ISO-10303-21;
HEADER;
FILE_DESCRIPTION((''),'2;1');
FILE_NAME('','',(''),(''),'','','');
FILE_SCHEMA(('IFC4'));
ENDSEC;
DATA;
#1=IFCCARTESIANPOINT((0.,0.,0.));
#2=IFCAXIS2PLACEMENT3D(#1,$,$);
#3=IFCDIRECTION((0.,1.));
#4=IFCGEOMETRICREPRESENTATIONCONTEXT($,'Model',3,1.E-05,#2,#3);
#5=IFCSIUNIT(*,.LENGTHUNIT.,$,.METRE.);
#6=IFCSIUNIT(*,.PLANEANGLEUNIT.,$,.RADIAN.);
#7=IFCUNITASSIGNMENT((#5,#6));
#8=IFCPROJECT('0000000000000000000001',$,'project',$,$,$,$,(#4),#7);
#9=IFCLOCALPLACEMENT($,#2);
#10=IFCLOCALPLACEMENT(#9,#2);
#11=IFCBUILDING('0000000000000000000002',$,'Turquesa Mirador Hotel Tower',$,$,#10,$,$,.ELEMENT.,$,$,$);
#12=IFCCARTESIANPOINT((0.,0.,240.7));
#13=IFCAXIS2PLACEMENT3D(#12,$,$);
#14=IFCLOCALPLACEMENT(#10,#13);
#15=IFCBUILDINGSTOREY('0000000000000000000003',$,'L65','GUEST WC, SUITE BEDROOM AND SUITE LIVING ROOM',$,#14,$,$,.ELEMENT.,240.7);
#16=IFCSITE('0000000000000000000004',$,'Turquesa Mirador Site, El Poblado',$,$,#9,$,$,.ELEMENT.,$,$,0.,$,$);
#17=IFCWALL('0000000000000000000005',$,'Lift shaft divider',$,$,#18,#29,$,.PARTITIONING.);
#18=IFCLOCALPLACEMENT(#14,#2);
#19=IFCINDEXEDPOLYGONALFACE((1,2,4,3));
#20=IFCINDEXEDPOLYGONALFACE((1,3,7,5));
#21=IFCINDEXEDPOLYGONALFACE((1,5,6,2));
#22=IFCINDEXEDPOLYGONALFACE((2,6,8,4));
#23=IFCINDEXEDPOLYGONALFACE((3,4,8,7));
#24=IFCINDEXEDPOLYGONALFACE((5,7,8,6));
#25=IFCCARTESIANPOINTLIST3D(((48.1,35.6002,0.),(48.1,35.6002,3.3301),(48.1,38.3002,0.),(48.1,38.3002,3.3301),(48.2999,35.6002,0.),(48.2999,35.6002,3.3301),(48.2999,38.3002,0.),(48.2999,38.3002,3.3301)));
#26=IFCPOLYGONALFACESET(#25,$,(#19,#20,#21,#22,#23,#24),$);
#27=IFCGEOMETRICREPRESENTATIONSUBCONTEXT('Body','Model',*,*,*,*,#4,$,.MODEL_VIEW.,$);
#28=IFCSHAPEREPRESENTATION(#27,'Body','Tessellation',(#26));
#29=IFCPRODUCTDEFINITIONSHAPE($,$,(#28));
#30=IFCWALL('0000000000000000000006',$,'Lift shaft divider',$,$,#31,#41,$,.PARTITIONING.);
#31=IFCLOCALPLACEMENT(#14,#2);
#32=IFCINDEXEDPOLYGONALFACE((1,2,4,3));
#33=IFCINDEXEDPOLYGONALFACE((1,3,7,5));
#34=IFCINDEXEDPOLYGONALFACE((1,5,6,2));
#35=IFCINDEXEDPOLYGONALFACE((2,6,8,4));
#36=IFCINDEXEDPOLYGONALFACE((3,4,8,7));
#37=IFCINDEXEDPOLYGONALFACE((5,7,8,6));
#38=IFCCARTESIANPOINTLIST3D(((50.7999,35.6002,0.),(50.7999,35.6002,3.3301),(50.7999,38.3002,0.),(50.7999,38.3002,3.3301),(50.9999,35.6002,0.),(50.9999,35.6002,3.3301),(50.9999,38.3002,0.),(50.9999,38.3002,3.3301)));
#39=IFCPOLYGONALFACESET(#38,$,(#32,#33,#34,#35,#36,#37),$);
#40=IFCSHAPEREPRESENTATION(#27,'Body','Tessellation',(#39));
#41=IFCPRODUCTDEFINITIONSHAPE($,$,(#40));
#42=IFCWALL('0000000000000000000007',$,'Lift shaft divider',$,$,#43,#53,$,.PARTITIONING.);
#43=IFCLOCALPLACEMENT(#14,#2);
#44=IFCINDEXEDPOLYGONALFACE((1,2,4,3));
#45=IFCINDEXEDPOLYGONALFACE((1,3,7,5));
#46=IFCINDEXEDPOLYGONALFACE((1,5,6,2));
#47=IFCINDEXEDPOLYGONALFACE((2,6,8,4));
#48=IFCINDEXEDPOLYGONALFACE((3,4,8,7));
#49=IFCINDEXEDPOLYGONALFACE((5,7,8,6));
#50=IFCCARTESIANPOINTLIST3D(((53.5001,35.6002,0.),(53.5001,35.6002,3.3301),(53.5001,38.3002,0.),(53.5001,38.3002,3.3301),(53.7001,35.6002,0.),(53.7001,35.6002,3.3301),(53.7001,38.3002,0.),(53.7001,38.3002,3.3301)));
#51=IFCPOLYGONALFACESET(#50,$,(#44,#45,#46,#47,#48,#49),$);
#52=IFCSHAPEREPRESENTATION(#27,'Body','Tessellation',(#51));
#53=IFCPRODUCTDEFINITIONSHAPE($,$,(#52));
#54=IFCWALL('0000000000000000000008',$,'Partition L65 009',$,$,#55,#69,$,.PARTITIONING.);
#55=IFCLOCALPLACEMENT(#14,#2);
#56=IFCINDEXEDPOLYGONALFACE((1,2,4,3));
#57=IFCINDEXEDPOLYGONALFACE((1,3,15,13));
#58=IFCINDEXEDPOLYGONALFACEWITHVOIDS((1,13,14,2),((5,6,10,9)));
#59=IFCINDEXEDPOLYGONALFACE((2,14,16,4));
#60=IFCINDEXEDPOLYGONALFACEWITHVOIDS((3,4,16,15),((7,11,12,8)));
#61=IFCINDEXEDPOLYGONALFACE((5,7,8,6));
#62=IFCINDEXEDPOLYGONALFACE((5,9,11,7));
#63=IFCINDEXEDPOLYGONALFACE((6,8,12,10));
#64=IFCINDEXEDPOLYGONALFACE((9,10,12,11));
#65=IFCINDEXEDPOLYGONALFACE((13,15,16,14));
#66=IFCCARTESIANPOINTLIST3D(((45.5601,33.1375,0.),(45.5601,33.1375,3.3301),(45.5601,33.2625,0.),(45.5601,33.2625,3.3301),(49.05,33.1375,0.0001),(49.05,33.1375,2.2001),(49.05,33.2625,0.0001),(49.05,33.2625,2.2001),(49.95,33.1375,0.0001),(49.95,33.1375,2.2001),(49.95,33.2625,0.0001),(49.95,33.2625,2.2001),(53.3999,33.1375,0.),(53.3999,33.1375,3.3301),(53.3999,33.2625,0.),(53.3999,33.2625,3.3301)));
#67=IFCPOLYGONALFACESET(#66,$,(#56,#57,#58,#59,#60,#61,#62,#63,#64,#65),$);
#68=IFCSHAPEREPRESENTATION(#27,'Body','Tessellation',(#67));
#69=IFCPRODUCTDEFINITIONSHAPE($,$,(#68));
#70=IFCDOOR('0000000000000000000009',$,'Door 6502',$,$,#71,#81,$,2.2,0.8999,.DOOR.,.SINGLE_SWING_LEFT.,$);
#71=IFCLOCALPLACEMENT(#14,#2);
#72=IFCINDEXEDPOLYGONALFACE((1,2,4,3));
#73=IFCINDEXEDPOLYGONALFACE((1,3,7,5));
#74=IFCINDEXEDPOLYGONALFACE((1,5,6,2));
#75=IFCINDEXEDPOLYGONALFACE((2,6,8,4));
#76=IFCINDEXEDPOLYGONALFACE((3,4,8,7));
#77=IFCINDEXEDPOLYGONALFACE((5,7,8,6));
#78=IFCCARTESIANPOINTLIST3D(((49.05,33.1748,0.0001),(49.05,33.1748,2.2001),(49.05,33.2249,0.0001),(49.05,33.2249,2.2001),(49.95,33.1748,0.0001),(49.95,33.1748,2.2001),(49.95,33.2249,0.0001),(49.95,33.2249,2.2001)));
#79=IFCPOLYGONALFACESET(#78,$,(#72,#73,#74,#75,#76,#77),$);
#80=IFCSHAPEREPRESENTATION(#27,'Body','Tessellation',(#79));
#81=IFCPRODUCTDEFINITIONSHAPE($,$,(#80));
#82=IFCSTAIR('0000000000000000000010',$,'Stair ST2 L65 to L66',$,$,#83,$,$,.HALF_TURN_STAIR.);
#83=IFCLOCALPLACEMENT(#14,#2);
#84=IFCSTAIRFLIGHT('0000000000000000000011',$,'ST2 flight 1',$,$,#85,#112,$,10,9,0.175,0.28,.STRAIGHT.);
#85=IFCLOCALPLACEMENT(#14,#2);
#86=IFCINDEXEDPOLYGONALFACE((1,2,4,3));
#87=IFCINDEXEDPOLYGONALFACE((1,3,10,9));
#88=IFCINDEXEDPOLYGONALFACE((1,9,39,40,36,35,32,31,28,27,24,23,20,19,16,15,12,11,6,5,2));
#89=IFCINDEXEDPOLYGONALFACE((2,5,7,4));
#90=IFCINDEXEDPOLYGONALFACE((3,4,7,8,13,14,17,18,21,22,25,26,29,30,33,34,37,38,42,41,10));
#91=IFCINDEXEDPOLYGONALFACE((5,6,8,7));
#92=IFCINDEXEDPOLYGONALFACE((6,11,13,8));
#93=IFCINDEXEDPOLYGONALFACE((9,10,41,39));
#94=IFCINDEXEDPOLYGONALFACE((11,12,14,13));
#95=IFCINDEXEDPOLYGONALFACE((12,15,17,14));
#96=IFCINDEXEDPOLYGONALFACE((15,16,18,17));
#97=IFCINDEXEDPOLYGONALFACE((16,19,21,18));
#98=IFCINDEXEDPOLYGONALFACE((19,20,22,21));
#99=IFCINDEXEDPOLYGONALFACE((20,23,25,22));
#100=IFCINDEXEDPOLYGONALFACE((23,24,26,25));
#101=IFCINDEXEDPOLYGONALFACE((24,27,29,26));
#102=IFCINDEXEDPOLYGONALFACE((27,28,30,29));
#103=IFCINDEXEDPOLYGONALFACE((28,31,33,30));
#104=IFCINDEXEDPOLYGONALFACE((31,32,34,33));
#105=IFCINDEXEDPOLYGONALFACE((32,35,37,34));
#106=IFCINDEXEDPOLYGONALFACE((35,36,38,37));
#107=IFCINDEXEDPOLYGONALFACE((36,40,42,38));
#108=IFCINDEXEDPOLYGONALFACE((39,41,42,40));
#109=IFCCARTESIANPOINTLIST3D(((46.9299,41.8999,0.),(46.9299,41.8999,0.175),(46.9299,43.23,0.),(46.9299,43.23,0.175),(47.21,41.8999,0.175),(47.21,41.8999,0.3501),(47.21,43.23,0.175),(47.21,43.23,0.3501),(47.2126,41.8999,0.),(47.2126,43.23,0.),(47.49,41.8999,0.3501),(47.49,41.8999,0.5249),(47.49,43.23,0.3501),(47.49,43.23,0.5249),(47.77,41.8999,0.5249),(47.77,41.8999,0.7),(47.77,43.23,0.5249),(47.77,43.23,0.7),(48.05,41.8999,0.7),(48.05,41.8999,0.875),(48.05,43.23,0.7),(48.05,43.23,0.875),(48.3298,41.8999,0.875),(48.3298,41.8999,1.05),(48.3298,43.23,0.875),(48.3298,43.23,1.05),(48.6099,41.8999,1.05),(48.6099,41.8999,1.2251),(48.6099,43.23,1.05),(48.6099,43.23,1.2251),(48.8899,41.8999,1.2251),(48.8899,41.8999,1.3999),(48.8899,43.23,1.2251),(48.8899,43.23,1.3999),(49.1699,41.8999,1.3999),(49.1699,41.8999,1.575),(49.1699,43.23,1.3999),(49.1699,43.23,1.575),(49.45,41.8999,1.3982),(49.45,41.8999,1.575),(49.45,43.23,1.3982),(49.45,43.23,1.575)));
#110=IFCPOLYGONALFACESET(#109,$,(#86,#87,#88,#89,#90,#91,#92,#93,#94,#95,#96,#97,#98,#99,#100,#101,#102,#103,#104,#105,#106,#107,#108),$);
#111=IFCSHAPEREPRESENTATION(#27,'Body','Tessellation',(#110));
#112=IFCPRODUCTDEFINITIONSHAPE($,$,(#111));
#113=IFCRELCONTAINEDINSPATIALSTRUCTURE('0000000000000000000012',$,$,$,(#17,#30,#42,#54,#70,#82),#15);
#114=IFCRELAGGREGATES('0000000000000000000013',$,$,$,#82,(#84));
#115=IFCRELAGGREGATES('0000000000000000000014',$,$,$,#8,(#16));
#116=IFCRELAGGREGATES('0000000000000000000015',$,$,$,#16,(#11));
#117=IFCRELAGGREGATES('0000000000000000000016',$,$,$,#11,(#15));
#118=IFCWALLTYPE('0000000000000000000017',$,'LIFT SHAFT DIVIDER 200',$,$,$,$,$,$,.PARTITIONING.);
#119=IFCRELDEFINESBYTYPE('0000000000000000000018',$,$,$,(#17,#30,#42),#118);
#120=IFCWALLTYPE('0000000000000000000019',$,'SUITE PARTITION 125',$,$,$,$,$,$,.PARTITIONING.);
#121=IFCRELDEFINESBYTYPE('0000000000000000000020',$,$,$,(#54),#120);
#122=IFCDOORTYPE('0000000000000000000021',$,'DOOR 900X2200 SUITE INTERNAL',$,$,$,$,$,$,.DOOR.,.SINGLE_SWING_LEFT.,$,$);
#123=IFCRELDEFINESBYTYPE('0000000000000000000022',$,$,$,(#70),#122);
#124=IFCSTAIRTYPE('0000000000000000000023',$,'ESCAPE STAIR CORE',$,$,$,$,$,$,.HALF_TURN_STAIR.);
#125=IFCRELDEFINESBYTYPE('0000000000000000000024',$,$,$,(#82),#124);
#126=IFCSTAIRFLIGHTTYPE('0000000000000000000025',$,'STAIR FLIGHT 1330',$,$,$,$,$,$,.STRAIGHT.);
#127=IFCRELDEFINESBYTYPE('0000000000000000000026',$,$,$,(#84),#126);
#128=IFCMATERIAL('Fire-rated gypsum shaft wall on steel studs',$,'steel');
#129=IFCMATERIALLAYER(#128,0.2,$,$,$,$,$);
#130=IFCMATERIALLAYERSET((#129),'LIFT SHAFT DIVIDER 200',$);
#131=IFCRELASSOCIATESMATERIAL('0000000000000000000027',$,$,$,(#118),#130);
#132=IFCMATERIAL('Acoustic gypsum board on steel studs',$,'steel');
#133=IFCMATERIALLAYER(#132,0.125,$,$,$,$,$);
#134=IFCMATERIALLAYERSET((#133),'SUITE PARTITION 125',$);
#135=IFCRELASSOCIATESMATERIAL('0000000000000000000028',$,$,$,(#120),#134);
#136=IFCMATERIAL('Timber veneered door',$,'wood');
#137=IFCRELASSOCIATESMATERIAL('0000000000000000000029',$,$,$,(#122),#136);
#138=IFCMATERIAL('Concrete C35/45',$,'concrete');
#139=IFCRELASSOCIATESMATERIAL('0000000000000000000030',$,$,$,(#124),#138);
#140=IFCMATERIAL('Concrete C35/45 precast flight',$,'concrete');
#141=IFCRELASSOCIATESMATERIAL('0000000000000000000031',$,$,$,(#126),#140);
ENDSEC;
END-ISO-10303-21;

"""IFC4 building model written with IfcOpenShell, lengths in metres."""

from ifc_helpers import new_model, si_unit, direction, frame, frame_2d, origin, place, context, subcontext, project, spatial, polyline, rectangle, outline, extrude, material, layer, layer_set, type_object, element, fill, aggregate, save


model = new_model("IFC4")

# Units and contexts
model_context = context("Model", 3, precision=1e-05, world=origin(), true_north=direction((0.0, 1.0)))
body_context = subcontext(model_context, "Body", "Model", "MODEL_VIEW")
ifc_project = project(units=[si_unit("LENGTHUNIT", "METRE"), si_unit("PLANEANGLEUNIT", "RADIAN")], contexts=[model_context])

# Site, building, storey
site_placement = place(None, origin())
site = spatial("IfcSite", under=ifc_project, at=site_placement, Name="Turquesa Mirador Site, El Poblado", CompositionType="ELEMENT", RefElevation=0.0)
building_placement = place(site_placement, origin())
building = spatial("IfcBuilding", under=site, at=building_placement, Name="Turquesa Mirador Hotel Tower", CompositionType="ELEMENT")
storey_placement = place(building_placement, frame((0.0, 0.0, 240.7)))
storey = spatial("IfcBuildingStorey", under=building, at=storey_placement, Name="L65", Description="GUEST WC, SUITE BEDROOM AND SUITE LIVING ROOM", CompositionType="ELEMENT", Elevation=240.7)

# Walls
ifc_material_1 = material(Name="Fire-rated gypsum shaft wall on steel studs", Category="steel")
ifc_layer_1 = layer(ifc_material_1, 0.2)
ifc_layer_set_1 = layer_set([ifc_layer_1], Name="LIFT SHAFT DIVIDER 200")
wall_type_1 = type_object("IfcWallType", Name="LIFT SHAFT DIVIDER 200", PredefinedType="PARTITIONING", material=ifc_layer_set_1)
for number, where, z_axis, x_axis, name in (
    (1, (48.2, 35.6001, 0.0), (0.0, 0.0, 1.0), (0.0, 1.0, 0.0), "Lift shaft divider"),
    (2, (50.8999, 35.6001, 0.0), (0.0, 0.0, 1.0), (0.0, 1.0, 0.0), "Lift shaft divider"),
    (3, (53.6001, 35.6001, 0.0), (0.0, 0.0, 1.0), (0.0, 1.0, 0.0), "Lift shaft divider"),
):
    element("IfcWall", number, at=place(storey_placement, frame(where, z_axis=z_axis, x_axis=x_axis)), inside=storey, type_object=wall_type_1, Name=name, PredefinedType="PARTITIONING", context=body_context, shape_type="SweptSolid", body=[
        extrude(rectangle(XDim=2.7, YDim=0.2, at=frame_2d((1.3501, 0.0))), origin(), (0.0, 0.0, 1.0), 3.3301),
    ])

# Wall, opening, door
ifc_material_2 = material(Name="Acoustic gypsum board on steel studs", Category="steel")
ifc_layer_2 = layer(ifc_material_2, 0.125)
ifc_layer_set_2 = layer_set([ifc_layer_2], Name="SUITE PARTITION 125")
wall_type_2 = type_object("IfcWallType", Name="SUITE PARTITION 125", PredefinedType="PARTITIONING", material=ifc_layer_set_2)
wall_1_placement = place(storey_placement, frame((45.5601, 33.2, 0.0), z_axis=(0.0, 0.0, 1.0), x_axis=(1.0, 0.0, 0.0)))
wall_1 = element("IfcWall", 4, at=wall_1_placement, inside=storey, type_object=wall_type_2, Name="Partition L65 009", PredefinedType="PARTITIONING", context=body_context, shape_type="SweptSolid", body=[
    extrude(rectangle(XDim=7.8398, YDim=0.125, at=frame_2d((3.9199, 0.0))), origin(), (0.0, 0.0, 1.0), 3.3301),
])
opening_1_placement = place(wall_1_placement, frame((3.49, 0.0, 0.0)))
opening_1 = element("IfcOpeningElement", 5, at=opening_1_placement, cuts=wall_1, PredefinedType="OPENING", context=body_context, shape_type="SweptSolid", body=[
    extrude(rectangle(XDim=0.8999, YDim=2.2, at=frame_2d((0.45, 1.1001))), frame((0.0, 0.0725, 0.0), z_axis=(0.0, -1.0, 0.0), x_axis=(1.0, 0.0, 0.0)), (0.0, 0.0, 1.0), 0.145),
])
ifc_material_3 = material(Name="Timber veneered door", Category="wood")
door_type_1 = type_object("IfcDoorType", Name="DOOR 900X2200 SUITE INTERNAL", OperationType="SINGLE_SWING_LEFT", PredefinedType="DOOR", material=ifc_material_3)
door_1_placement = place(opening_1_placement, origin())
door_1 = element("IfcDoor", 6, at=door_1_placement, inside=storey, type_object=door_type_1, Name="Door 6502", OperationType="SINGLE_SWING_LEFT", OverallHeight=2.2, OverallWidth=0.8999, PredefinedType="DOOR", context=body_context, shape_type="SweptSolid", body=[
    extrude(rectangle(XDim=0.8999, YDim=2.2, at=frame_2d((0.45, 1.1001))), frame((0.0, 0.0249, 0.0), z_axis=(0.0, -1.0, 0.0), x_axis=(1.0, 0.0, 0.0)), (0.0, 0.0, 1.0), 0.05),
])
fill(opening_1, door_1)

# Stair, stair flight
ifc_material_4 = material(Name="Concrete C35/45", Category="concrete")
stair_type = type_object("IfcStairType", Name="ESCAPE STAIR CORE", PredefinedType="HALF_TURN_STAIR", material=ifc_material_4)
stair_placement = place(storey_placement, origin())
stair = element("IfcStair", 7, at=stair_placement, inside=storey, type_object=stair_type, Name="Stair ST2 L65 to L66", PredefinedType="HALF_TURN_STAIR")
ifc_material_5 = material(Name="Concrete C35/45 precast flight", Category="concrete")
stair_flight_type = type_object("IfcStairFlightType", Name="STAIR FLIGHT 1330", PredefinedType="STRAIGHT", material=ifc_material_5)
stair_flight_placement = place(storey_placement, frame((46.9299, 42.5649, 0.0), z_axis=(0.0, 0.0, 1.0), x_axis=(1.0, 0.0, 0.0)))
stair_flight = element("IfcStairFlight", 8, at=stair_flight_placement, type_object=stair_flight_type, Name="ST2 flight 1", NumberOfRisers=10, NumberOfTreads=9, PredefinedType="STRAIGHT", RiserHeight=0.175, TreadLength=0.28, context=body_context, shape_type="SweptSolid", body=[
    extrude(outline(polyline([(0.0, 0.0), (0.0, 0.175), (0.28, 0.175), (0.28, 0.3501), (0.5601, 0.3501), (0.5601, 0.5249), (0.8401, 0.5249), (0.8401, 0.7), (1.1201, 0.7), (1.1201, 0.875), (1.3999, 0.875), (1.3999, 1.05), (1.6799, 1.05), (1.6799, 1.2251), (1.96, 1.2251), (1.96, 1.3999), (2.24, 1.3999), (2.24, 1.575), (2.52, 1.575), (2.52, 1.75), (2.52, 1.3982), (0.2827, 0.0), (0.0, 0.0)])), frame((0.0, 0.665, 0.0), z_axis=(0.0, -1.0, 0.0), x_axis=(1.0, 0.0, 0.0)), (0.0, 0.0, 1.0), 1.3301),
])
aggregate(stair, [stair_flight])

save(model, "model.ifc")
